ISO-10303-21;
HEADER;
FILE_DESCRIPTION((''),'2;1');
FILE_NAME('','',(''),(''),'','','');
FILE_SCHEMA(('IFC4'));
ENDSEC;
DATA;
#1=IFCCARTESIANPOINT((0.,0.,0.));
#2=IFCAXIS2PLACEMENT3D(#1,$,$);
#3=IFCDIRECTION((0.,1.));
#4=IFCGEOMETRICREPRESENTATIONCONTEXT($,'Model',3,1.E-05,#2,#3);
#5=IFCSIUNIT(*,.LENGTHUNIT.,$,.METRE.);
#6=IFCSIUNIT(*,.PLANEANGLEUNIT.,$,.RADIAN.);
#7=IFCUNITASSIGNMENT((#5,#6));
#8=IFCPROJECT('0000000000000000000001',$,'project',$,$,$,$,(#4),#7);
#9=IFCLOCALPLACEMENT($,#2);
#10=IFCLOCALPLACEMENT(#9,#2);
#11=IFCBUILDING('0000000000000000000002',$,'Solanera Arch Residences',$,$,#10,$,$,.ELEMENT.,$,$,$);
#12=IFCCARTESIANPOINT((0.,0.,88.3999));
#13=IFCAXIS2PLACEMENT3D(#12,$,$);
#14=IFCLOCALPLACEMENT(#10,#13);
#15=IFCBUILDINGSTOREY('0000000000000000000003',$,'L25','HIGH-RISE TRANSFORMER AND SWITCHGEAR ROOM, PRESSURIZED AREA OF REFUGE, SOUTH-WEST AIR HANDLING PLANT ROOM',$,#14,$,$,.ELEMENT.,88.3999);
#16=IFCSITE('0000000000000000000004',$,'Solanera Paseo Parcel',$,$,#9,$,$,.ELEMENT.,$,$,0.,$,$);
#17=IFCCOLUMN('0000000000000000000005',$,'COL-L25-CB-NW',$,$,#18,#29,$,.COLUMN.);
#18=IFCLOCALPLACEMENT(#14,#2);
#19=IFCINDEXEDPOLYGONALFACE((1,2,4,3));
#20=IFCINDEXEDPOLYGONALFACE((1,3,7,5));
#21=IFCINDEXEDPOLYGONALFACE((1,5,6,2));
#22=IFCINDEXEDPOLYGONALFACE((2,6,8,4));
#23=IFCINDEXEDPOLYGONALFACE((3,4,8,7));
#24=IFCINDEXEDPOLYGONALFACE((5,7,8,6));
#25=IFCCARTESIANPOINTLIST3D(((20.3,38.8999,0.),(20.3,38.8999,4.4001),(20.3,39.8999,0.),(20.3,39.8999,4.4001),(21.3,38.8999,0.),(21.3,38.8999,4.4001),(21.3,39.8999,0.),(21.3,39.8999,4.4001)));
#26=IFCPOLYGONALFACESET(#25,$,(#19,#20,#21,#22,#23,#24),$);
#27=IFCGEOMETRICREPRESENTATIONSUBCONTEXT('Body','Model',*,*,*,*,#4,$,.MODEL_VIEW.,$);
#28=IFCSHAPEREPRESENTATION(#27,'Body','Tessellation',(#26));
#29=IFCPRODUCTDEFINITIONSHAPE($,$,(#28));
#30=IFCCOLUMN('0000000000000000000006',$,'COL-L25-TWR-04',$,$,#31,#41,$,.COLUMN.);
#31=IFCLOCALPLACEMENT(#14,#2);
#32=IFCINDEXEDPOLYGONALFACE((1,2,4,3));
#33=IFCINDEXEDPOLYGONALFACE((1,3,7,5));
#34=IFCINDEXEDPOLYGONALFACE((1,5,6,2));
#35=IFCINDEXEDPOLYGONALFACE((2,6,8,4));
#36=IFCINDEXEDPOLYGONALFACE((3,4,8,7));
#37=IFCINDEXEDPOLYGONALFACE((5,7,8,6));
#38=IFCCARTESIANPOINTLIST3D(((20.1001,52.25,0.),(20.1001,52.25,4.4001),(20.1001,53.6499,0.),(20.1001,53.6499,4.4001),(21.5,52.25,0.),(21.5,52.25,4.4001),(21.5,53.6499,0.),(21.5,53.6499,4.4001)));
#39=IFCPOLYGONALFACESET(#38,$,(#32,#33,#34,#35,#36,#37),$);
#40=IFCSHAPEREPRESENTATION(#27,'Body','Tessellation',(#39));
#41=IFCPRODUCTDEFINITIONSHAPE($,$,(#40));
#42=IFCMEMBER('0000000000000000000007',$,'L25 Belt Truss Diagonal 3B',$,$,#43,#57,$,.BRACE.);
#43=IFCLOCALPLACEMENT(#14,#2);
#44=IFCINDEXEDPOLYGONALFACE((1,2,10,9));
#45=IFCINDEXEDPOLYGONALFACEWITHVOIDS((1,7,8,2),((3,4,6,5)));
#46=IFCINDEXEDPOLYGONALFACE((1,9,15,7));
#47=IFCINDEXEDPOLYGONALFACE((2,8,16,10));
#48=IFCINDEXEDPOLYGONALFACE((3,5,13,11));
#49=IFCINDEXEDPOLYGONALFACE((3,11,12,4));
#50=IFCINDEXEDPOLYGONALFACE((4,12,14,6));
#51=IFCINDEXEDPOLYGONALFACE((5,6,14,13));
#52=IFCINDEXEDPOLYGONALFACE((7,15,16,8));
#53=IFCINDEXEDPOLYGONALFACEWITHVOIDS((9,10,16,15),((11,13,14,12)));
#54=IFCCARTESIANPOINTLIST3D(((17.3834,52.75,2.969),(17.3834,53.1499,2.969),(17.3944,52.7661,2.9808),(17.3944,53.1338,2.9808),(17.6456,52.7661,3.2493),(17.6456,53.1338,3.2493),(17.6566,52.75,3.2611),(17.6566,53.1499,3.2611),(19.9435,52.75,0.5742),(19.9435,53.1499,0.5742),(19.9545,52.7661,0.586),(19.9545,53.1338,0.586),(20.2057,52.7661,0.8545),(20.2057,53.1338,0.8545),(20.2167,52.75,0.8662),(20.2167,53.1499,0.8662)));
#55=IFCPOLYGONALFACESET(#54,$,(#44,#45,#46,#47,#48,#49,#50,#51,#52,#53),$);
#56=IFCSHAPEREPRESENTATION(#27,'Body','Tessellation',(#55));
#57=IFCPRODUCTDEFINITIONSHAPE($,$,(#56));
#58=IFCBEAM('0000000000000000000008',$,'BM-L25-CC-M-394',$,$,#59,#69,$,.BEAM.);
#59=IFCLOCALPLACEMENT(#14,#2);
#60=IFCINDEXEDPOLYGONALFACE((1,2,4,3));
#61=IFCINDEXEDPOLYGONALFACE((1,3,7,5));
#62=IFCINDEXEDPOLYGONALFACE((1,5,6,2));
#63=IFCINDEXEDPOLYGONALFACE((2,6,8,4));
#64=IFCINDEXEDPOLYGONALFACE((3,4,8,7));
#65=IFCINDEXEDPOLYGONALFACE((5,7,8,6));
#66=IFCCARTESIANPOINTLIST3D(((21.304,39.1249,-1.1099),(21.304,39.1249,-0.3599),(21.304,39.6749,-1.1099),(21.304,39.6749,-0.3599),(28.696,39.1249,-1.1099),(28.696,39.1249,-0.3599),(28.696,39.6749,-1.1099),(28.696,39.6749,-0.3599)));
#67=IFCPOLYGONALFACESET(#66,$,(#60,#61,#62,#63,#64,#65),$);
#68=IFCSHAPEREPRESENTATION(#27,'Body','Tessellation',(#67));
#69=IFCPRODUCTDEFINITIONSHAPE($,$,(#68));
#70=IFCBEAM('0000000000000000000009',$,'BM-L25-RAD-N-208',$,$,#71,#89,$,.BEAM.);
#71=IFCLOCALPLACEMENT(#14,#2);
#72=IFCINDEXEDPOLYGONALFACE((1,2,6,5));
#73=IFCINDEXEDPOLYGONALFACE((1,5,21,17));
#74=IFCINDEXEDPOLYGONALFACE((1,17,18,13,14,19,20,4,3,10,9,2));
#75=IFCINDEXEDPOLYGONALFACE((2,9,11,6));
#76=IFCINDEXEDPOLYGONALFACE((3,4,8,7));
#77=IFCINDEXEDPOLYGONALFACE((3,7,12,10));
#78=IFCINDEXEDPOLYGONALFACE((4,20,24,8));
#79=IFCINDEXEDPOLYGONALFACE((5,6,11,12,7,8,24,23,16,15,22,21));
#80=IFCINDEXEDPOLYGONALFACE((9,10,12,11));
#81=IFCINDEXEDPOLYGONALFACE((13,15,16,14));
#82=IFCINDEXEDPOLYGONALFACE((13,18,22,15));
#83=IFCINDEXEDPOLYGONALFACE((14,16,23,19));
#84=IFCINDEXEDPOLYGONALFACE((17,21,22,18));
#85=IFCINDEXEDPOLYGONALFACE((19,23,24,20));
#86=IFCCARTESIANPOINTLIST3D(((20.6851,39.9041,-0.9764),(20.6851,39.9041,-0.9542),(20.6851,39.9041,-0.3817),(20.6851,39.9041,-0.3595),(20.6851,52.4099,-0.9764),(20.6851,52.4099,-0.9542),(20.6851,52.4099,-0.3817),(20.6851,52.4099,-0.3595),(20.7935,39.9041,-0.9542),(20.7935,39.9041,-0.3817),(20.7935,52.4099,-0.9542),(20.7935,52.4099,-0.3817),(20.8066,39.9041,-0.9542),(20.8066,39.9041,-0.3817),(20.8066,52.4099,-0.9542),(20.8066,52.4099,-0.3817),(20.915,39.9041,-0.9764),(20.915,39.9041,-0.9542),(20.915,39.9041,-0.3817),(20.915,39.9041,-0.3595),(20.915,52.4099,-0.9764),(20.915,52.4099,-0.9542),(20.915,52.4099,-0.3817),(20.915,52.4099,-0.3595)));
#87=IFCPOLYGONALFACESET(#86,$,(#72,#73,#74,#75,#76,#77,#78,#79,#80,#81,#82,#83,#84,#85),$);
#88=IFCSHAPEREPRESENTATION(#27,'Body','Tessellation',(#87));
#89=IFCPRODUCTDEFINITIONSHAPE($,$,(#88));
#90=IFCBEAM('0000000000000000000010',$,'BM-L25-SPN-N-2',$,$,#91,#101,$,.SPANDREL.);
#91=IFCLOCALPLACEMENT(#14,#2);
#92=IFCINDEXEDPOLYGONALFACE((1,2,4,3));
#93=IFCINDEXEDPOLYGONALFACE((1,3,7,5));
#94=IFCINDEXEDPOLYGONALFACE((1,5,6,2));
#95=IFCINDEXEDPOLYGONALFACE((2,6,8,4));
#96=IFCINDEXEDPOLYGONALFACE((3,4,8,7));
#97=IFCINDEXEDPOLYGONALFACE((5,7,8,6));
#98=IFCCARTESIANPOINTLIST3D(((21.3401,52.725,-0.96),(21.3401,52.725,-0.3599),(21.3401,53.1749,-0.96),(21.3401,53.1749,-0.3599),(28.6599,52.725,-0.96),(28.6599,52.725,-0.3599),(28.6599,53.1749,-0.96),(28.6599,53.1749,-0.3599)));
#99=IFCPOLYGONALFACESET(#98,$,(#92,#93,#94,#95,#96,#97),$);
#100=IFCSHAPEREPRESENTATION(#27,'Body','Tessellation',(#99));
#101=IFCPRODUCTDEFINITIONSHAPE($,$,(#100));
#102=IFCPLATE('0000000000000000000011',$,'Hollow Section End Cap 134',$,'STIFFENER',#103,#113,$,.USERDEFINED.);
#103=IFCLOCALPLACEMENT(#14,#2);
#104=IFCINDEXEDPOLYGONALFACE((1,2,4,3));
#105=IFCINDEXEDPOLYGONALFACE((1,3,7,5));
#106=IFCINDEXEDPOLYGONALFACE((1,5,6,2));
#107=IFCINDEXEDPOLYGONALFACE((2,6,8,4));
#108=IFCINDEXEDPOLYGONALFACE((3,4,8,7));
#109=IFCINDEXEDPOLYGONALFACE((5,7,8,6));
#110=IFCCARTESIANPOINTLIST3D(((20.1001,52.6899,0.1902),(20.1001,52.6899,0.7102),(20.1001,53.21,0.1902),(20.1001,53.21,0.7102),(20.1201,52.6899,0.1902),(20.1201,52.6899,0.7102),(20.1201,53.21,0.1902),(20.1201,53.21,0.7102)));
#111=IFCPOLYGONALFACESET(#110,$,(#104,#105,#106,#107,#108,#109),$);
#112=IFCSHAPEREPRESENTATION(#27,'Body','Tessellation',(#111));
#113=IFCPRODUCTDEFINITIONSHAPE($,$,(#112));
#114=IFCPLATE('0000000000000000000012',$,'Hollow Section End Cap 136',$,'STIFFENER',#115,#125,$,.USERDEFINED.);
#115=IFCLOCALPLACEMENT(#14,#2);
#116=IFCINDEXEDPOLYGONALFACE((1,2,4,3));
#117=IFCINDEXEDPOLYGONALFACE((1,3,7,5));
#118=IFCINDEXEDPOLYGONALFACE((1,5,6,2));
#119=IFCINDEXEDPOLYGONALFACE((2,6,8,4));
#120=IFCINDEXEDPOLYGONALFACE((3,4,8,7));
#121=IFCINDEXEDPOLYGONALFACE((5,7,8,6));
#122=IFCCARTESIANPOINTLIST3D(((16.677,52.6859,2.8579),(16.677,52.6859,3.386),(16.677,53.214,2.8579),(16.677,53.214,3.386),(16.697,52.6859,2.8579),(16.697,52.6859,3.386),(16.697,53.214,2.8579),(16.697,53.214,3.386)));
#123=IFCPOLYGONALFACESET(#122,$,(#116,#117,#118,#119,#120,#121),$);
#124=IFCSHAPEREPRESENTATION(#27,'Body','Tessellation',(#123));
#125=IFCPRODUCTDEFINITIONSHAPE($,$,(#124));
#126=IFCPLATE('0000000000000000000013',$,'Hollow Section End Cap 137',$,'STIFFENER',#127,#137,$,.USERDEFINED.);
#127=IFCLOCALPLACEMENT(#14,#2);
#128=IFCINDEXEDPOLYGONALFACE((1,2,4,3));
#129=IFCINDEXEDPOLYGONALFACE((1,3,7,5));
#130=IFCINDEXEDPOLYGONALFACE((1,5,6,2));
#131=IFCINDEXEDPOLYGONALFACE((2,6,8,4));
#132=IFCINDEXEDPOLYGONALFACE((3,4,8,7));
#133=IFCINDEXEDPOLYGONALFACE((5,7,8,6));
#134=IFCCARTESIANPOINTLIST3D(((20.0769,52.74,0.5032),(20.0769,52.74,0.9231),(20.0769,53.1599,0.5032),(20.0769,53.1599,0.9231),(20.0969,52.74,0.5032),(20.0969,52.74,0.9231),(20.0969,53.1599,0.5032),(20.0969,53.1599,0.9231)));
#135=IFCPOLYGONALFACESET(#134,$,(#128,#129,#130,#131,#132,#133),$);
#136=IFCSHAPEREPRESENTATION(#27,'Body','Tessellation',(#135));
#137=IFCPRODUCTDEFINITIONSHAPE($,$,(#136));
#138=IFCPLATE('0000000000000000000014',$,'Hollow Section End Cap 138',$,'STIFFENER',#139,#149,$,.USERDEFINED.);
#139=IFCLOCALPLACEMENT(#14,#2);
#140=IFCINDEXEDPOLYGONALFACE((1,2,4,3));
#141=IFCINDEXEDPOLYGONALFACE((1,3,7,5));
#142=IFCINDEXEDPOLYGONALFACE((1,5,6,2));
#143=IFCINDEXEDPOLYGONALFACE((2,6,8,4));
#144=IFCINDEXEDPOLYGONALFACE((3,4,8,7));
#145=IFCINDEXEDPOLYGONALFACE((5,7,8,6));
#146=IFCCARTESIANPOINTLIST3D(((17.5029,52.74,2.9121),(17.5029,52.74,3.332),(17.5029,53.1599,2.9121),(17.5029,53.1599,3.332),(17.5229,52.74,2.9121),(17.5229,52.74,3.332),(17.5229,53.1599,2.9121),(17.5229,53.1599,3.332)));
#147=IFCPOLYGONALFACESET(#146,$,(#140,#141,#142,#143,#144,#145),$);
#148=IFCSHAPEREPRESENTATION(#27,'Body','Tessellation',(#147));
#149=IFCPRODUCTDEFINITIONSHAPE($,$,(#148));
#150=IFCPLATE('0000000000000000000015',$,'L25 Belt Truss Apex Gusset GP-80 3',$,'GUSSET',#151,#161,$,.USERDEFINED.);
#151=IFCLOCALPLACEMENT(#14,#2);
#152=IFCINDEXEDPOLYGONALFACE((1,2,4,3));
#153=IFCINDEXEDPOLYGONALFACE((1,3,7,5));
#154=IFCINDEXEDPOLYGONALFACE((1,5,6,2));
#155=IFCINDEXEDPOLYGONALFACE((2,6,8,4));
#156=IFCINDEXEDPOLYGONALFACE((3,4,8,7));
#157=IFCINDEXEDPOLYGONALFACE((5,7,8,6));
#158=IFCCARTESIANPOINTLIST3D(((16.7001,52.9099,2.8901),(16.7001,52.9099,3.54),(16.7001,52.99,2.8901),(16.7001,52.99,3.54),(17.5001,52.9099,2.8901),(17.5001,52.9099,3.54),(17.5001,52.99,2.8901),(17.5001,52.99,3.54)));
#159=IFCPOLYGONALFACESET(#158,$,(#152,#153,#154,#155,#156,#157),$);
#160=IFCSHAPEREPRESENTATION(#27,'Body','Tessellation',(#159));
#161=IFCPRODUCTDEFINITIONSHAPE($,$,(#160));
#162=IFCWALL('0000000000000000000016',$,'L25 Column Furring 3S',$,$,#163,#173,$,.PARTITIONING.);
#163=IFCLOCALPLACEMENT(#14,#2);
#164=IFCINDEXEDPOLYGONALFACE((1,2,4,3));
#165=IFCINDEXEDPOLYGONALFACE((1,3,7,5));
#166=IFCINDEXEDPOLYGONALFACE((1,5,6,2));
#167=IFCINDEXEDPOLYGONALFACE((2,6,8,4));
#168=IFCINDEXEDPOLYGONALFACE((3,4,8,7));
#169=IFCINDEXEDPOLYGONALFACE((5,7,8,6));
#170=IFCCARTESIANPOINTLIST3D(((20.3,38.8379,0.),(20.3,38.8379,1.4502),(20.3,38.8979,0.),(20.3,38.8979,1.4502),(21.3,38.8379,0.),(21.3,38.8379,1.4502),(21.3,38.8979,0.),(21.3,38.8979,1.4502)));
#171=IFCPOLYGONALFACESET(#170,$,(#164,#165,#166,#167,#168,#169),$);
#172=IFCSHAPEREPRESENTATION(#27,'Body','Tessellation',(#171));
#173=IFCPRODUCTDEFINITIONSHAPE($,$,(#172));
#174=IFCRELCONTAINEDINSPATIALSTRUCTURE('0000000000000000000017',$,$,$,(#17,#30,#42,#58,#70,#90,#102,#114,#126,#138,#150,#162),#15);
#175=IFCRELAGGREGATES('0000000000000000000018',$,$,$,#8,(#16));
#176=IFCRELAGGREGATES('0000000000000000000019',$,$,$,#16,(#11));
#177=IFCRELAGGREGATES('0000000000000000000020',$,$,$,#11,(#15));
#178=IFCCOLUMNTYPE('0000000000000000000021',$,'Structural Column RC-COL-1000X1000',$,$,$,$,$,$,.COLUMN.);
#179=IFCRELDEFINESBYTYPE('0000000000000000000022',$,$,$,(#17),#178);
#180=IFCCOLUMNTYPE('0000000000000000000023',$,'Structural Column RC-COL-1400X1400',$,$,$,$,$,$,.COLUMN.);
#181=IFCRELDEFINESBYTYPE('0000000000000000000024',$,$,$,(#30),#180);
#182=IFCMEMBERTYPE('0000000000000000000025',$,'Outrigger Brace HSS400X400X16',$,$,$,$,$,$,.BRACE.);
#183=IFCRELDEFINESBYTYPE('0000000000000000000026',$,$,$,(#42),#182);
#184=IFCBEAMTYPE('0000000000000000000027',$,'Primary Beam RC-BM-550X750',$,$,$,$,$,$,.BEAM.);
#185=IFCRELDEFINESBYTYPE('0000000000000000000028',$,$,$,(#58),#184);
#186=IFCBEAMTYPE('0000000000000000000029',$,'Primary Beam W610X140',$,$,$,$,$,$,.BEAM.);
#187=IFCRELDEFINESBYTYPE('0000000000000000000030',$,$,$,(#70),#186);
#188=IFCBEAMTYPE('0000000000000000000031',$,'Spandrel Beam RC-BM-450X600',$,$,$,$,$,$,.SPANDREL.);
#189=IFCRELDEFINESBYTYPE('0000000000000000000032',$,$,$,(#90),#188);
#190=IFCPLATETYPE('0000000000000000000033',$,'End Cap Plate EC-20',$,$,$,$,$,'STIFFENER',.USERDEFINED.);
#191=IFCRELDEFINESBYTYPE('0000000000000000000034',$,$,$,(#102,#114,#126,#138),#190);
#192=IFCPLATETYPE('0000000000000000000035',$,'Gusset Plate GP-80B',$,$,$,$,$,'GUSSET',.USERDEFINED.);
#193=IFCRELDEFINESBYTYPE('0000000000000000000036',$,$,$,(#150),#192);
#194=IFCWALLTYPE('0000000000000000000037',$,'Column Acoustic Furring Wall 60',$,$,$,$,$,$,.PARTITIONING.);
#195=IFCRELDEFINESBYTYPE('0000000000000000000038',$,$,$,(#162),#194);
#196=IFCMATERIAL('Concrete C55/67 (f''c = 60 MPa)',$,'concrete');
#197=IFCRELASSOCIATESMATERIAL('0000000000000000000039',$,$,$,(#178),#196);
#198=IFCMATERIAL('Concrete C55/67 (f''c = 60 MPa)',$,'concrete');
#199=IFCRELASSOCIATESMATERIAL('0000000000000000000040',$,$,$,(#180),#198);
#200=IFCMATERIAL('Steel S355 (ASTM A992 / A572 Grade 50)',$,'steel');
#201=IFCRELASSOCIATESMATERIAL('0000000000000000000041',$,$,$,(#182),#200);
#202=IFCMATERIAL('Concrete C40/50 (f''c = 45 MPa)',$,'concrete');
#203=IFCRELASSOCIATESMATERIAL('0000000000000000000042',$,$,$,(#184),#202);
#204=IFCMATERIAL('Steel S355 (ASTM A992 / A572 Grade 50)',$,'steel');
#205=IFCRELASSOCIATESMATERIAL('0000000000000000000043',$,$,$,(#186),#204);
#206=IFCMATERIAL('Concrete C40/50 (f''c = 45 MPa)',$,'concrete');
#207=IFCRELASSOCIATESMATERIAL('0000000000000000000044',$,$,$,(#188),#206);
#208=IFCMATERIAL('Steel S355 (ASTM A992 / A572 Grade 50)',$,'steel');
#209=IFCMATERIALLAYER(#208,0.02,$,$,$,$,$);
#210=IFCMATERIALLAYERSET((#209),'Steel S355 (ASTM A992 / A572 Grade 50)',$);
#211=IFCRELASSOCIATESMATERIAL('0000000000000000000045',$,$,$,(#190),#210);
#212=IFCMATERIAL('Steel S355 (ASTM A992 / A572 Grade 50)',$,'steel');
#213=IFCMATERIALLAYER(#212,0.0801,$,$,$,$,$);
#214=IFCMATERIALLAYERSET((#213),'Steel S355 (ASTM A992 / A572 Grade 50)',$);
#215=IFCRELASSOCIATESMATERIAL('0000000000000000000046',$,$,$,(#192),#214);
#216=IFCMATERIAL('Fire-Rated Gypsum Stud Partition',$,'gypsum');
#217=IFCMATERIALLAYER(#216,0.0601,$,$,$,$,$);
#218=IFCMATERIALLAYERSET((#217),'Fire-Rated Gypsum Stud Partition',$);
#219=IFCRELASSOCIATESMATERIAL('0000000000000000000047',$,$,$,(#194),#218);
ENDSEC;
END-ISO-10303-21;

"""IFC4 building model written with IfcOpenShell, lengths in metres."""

from ifc_helpers import new_model, si_unit, direction, frame, frame_2d, origin, origin_2d, place, context, subcontext, project, spatial, rectangle, hollow_rectangle, i_section, extrude, material, layer, layer_set, material_profile, profile_set, type_object, element, save


model = new_model("IFC4")

# Units and contexts
model_context = context("Model", 3, precision=1e-05, world=origin(), true_north=direction((0.0, 1.0)))
body_context = subcontext(model_context, "Body", "Model", "MODEL_VIEW")
ifc_project = project(units=[si_unit("LENGTHUNIT", "METRE"), si_unit("PLANEANGLEUNIT", "RADIAN")], contexts=[model_context])

# Site, building, storey
site_placement = place(None, origin())
site = spatial("IfcSite", under=ifc_project, at=site_placement, Name="Solanera Paseo Parcel", CompositionType="ELEMENT", RefElevation=0.0)
building_placement = place(site_placement, origin())
building = spatial("IfcBuilding", under=site, at=building_placement, Name="Solanera Arch Residences", CompositionType="ELEMENT")
storey_placement = place(building_placement, frame((0.0, 0.0, 88.3999)))
storey = spatial("IfcBuildingStorey", under=building, at=storey_placement, Name="L25", Description="HIGH-RISE TRANSFORMER AND SWITCHGEAR ROOM, PRESSURIZED AREA OF REFUGE, SOUTH-WEST AIR HANDLING PLANT ROOM", CompositionType="ELEMENT", Elevation=88.3999)

# Columns
ifc_material_1 = material(Name="Concrete C55/67 (f'c = 60 MPa)", Category="concrete")
ifc_material_profile_1 = material_profile(ifc_material_1, rectangle(XDim=1.0, YDim=1.0, at=origin_2d()))
ifc_profile_set_1 = profile_set([ifc_material_profile_1], Name="Concrete C55/67 (f'c = 60 MPa)")
column_type_1 = type_object("IfcColumnType", Name="Structural Column RC-COL-1000X1000", PredefinedType="COLUMN", material=ifc_profile_set_1)
column_1_placement = place(storey_placement, frame((20.8, 39.3999, 0.0), z_axis=(0.0, 0.0, 1.0), x_axis=(1.0, 0.0, 0.0)))
element("IfcColumn", 1, at=column_1_placement, inside=storey, type_object=column_type_1, Name="COL-L25-CB-NW", PredefinedType="COLUMN", context=body_context, shape_type="SweptSolid", body=[
    extrude(rectangle(XDim=1.0, YDim=1.0, at=origin_2d()), origin(), (0.0, 0.0, 1.0), 4.4001),
])
ifc_material_2 = material(Name="Concrete C55/67 (f'c = 60 MPa)", Category="concrete")
ifc_material_profile_2 = material_profile(ifc_material_2, rectangle(XDim=1.3999, YDim=1.3999, at=origin_2d()))
ifc_profile_set_2 = profile_set([ifc_material_profile_2], Name="Concrete C55/67 (f'c = 60 MPa)")
column_type_2 = type_object("IfcColumnType", Name="Structural Column RC-COL-1400X1400", PredefinedType="COLUMN", material=ifc_profile_set_2)
column_2_placement = place(storey_placement, frame((20.8, 52.95, 0.0), z_axis=(0.0, 0.0, 1.0), x_axis=(1.0, 0.0, 0.0)))
element("IfcColumn", 2, at=column_2_placement, inside=storey, type_object=column_type_2, Name="COL-L25-TWR-04", PredefinedType="COLUMN", context=body_context, shape_type="SweptSolid", body=[
    extrude(rectangle(XDim=1.3999, YDim=1.3999, at=origin_2d()), origin(), (0.0, 0.0, 1.0), 4.4001),
])

# Member
ifc_material_3 = material(Name="Steel S355 (ASTM A992 / A572 Grade 50)", Category="steel")
ifc_material_profile_3 = material_profile(ifc_material_3, hollow_rectangle(XDim=0.3999, YDim=0.3999, WallThickness=0.0161, at=origin_2d()))
ifc_profile_set_3 = profile_set([ifc_material_profile_3], Name="Steel S355 (ASTM A992 / A572 Grade 50)")
member_type = type_object("IfcMemberType", Name="Outrigger Brace HSS400X400X16", PredefinedType="BRACE", material=ifc_profile_set_3)
member_placement = place(storey_placement, frame((20.0801, 52.95, 0.7202), z_axis=(-0.730288, 0.0, 0.683139), x_axis=(0.0, -1.0, 0.0)))
element("IfcMember", 3, at=member_placement, inside=storey, type_object=member_type, Name="L25 Belt Truss Diagonal 3B", PredefinedType="BRACE", context=body_context, shape_type="SweptSolid", body=[
    extrude(hollow_rectangle(XDim=0.3999, YDim=0.3999, WallThickness=0.0161, at=origin_2d()), origin(), (0.0, 0.0, 1.0), 3.5056),
])

# Beams
ifc_material_4 = material(Name="Concrete C40/50 (f'c = 45 MPa)", Category="concrete")
ifc_material_profile_4 = material_profile(ifc_material_4, rectangle(XDim=0.55, YDim=0.75, at=origin_2d()))
ifc_profile_set_4 = profile_set([ifc_material_profile_4], Name="Concrete C40/50 (f'c = 45 MPa)")
beam_type_1 = type_object("IfcBeamType", Name="Primary Beam RC-BM-550X750", PredefinedType="BEAM", material=ifc_profile_set_4)
beam_1_placement = place(storey_placement, frame((21.304, 39.3999, -0.7349), z_axis=(1.0, 0.0, 0.0), x_axis=(0.0, 1.0, 0.0)))
element("IfcBeam", 4, at=beam_1_placement, inside=storey, type_object=beam_type_1, Name="BM-L25-CC-M-394", PredefinedType="BEAM", context=body_context, shape_type="SweptSolid", body=[
    extrude(rectangle(XDim=0.55, YDim=0.75, at=origin_2d()), origin(), (0.0, 0.0, 1.0), 7.3921),
])
ifc_material_5 = material(Name="Steel S355 (ASTM A992 / A572 Grade 50)", Category="steel")
ifc_material_profile_5 = material_profile(ifc_material_5, i_section(OverallWidth=0.23, OverallDepth=0.6169, WebThickness=0.0132, FlangeThickness=0.0222, at=origin_2d()))
ifc_profile_set_5 = profile_set([ifc_material_profile_5], Name="Steel S355 (ASTM A992 / A572 Grade 50)")
beam_type_2 = type_object("IfcBeamType", Name="Primary Beam W610X140", PredefinedType="BEAM", material=ifc_profile_set_5)
beam_2_placement = place(storey_placement, frame((20.8, 39.9041, -0.668), z_axis=(0.0, 1.0, 0.0), x_axis=(-1.0, 0.0, 0.0)))
element("IfcBeam", 5, at=beam_2_placement, inside=storey, type_object=beam_type_2, Name="BM-L25-RAD-N-208", PredefinedType="BEAM", context=body_context, shape_type="SweptSolid", body=[
    extrude(i_section(OverallWidth=0.23, OverallDepth=0.6169, WebThickness=0.0132, FlangeThickness=0.0222, at=origin_2d()), origin(), (0.0, 0.0, 1.0), 12.5059),
])
ifc_material_6 = material(Name="Concrete C40/50 (f'c = 45 MPa)", Category="concrete")
ifc_material_profile_6 = material_profile(ifc_material_6, rectangle(XDim=0.45, YDim=0.6001, at=origin_2d()))
ifc_profile_set_6 = profile_set([ifc_material_profile_6], Name="Concrete C40/50 (f'c = 45 MPa)")
beam_type_3 = type_object("IfcBeamType", Name="Spandrel Beam RC-BM-450X600", PredefinedType="SPANDREL", material=ifc_profile_set_6)
beam_3_placement = place(storey_placement, frame((21.3401, 52.95, -0.6599), z_axis=(1.0, 0.0, 0.0), x_axis=(0.0, 1.0, 0.0)))
element("IfcBeam", 6, at=beam_3_placement, inside=storey, type_object=beam_type_3, Name="BM-L25-SPN-N-2", PredefinedType="SPANDREL", context=body_context, shape_type="SweptSolid", body=[
    extrude(rectangle(XDim=0.45, YDim=0.6001, at=origin_2d()), origin(), (0.0, 0.0, 1.0), 7.3198),
])

# Plates
ifc_material_7 = material(Name="Steel S355 (ASTM A992 / A572 Grade 50)", Category="steel")
ifc_layer_1 = layer(ifc_material_7, 0.02)
ifc_layer_set_1 = layer_set([ifc_layer_1], Name="Steel S355 (ASTM A992 / A572 Grade 50)")
plate_type_1 = type_object("IfcPlateType", Name="End Cap Plate EC-20", ElementType="STIFFENER", PredefinedType="USERDEFINED", material=ifc_layer_set_1)
plate_1_placement = place(storey_placement, frame((20.1101, 52.95, 0.1902), z_axis=(0.0, 0.0, 1.0), x_axis=(1.0, 0.0, 0.0)))
element("IfcPlate", 7, at=plate_1_placement, inside=storey, type_object=plate_type_1, Name="Hollow Section End Cap 134", ObjectType="STIFFENER", PredefinedType="USERDEFINED", context=body_context, shape_type="SweptSolid", body=[
    extrude(rectangle(XDim=0.02, YDim=0.52, at=origin_2d()), origin(), (0.0, 0.0, 1.0), 0.52),
])
plate_2_placement = place(storey_placement, frame((16.687, 52.95, 2.8579), z_axis=(0.0, 0.0, 1.0), x_axis=(1.0, 0.0, 0.0)))
element("IfcPlate", 8, at=plate_2_placement, inside=storey, type_object=plate_type_1, Name="Hollow Section End Cap 136", ObjectType="STIFFENER", PredefinedType="USERDEFINED", context=body_context, shape_type="SweptSolid", body=[
    extrude(rectangle(XDim=0.02, YDim=0.5281, at=origin_2d()), origin(), (0.0, 0.0, 1.0), 0.5281),
])
for number, where, z_axis, x_axis, name in (
    (9, (20.0869, 52.95, 0.5032), (0.0, 0.0, 1.0), (1.0, 0.0, 0.0), "Hollow Section End Cap 137"),
    (10, (17.5129, 52.95, 2.9121), (0.0, 0.0, 1.0), (-1.0, 0.0, 0.0), "Hollow Section End Cap 138"),
):
    element("IfcPlate", number, at=place(storey_placement, frame(where, z_axis=z_axis, x_axis=x_axis)), inside=storey, type_object=plate_type_1, Name=name, ObjectType="STIFFENER", PredefinedType="USERDEFINED", context=body_context, shape_type="SweptSolid", body=[
        extrude(rectangle(XDim=0.02, YDim=0.4199, at=origin_2d()), origin(), (0.0, 0.0, 1.0), 0.4199),
    ])
ifc_material_8 = material(Name="Steel S355 (ASTM A992 / A572 Grade 50)", Category="steel")
ifc_layer_2 = layer(ifc_material_8, 0.0801)
ifc_layer_set_2 = layer_set([ifc_layer_2], Name="Steel S355 (ASTM A992 / A572 Grade 50)")
plate_type_2 = type_object("IfcPlateType", Name="Gusset Plate GP-80B", ElementType="GUSSET", PredefinedType="USERDEFINED", material=ifc_layer_set_2)
plate_3_placement = place(storey_placement, frame((17.1001, 52.95, 2.8901), z_axis=(0.0, 0.0, 1.0), x_axis=(1.0, 0.0, 0.0)))
element("IfcPlate", 11, at=plate_3_placement, inside=storey, type_object=plate_type_2, Name="L25 Belt Truss Apex Gusset GP-80 3", ObjectType="GUSSET", PredefinedType="USERDEFINED", context=body_context, shape_type="SweptSolid", body=[
    extrude(rectangle(XDim=0.8, YDim=0.0801, at=origin_2d()), origin(), (0.0, 0.0, 1.0), 0.6499),
])

# Wall
ifc_material_9 = material(Name="Fire-Rated Gypsum Stud Partition", Category="gypsum")
ifc_layer_3 = layer(ifc_material_9, 0.0601)
ifc_layer_set_3 = layer_set([ifc_layer_3], Name="Fire-Rated Gypsum Stud Partition")
wall_type_1 = type_object("IfcWallType", Name="Column Acoustic Furring Wall 60", PredefinedType="PARTITIONING", material=ifc_layer_set_3)
for number, where, z_axis, x_axis, name in (
    (12, (20.3, 38.8679, 0.0), (0.0, 0.0, 1.0), (1.0, 0.0, 0.0), "L25 Column Furring 3S"),
):
    element("IfcWall", number, at=place(storey_placement, frame(where, z_axis=z_axis, x_axis=x_axis)), inside=storey, type_object=wall_type_1, Name=name, PredefinedType="PARTITIONING", context=body_context, shape_type="SweptSolid", body=[
        extrude(rectangle(XDim=1.0, YDim=0.0601, at=frame_2d((0.5, 0.0))), origin(), (0.0, 0.0, 1.0), 1.4502),
    ])

save(model, "model.ifc")
